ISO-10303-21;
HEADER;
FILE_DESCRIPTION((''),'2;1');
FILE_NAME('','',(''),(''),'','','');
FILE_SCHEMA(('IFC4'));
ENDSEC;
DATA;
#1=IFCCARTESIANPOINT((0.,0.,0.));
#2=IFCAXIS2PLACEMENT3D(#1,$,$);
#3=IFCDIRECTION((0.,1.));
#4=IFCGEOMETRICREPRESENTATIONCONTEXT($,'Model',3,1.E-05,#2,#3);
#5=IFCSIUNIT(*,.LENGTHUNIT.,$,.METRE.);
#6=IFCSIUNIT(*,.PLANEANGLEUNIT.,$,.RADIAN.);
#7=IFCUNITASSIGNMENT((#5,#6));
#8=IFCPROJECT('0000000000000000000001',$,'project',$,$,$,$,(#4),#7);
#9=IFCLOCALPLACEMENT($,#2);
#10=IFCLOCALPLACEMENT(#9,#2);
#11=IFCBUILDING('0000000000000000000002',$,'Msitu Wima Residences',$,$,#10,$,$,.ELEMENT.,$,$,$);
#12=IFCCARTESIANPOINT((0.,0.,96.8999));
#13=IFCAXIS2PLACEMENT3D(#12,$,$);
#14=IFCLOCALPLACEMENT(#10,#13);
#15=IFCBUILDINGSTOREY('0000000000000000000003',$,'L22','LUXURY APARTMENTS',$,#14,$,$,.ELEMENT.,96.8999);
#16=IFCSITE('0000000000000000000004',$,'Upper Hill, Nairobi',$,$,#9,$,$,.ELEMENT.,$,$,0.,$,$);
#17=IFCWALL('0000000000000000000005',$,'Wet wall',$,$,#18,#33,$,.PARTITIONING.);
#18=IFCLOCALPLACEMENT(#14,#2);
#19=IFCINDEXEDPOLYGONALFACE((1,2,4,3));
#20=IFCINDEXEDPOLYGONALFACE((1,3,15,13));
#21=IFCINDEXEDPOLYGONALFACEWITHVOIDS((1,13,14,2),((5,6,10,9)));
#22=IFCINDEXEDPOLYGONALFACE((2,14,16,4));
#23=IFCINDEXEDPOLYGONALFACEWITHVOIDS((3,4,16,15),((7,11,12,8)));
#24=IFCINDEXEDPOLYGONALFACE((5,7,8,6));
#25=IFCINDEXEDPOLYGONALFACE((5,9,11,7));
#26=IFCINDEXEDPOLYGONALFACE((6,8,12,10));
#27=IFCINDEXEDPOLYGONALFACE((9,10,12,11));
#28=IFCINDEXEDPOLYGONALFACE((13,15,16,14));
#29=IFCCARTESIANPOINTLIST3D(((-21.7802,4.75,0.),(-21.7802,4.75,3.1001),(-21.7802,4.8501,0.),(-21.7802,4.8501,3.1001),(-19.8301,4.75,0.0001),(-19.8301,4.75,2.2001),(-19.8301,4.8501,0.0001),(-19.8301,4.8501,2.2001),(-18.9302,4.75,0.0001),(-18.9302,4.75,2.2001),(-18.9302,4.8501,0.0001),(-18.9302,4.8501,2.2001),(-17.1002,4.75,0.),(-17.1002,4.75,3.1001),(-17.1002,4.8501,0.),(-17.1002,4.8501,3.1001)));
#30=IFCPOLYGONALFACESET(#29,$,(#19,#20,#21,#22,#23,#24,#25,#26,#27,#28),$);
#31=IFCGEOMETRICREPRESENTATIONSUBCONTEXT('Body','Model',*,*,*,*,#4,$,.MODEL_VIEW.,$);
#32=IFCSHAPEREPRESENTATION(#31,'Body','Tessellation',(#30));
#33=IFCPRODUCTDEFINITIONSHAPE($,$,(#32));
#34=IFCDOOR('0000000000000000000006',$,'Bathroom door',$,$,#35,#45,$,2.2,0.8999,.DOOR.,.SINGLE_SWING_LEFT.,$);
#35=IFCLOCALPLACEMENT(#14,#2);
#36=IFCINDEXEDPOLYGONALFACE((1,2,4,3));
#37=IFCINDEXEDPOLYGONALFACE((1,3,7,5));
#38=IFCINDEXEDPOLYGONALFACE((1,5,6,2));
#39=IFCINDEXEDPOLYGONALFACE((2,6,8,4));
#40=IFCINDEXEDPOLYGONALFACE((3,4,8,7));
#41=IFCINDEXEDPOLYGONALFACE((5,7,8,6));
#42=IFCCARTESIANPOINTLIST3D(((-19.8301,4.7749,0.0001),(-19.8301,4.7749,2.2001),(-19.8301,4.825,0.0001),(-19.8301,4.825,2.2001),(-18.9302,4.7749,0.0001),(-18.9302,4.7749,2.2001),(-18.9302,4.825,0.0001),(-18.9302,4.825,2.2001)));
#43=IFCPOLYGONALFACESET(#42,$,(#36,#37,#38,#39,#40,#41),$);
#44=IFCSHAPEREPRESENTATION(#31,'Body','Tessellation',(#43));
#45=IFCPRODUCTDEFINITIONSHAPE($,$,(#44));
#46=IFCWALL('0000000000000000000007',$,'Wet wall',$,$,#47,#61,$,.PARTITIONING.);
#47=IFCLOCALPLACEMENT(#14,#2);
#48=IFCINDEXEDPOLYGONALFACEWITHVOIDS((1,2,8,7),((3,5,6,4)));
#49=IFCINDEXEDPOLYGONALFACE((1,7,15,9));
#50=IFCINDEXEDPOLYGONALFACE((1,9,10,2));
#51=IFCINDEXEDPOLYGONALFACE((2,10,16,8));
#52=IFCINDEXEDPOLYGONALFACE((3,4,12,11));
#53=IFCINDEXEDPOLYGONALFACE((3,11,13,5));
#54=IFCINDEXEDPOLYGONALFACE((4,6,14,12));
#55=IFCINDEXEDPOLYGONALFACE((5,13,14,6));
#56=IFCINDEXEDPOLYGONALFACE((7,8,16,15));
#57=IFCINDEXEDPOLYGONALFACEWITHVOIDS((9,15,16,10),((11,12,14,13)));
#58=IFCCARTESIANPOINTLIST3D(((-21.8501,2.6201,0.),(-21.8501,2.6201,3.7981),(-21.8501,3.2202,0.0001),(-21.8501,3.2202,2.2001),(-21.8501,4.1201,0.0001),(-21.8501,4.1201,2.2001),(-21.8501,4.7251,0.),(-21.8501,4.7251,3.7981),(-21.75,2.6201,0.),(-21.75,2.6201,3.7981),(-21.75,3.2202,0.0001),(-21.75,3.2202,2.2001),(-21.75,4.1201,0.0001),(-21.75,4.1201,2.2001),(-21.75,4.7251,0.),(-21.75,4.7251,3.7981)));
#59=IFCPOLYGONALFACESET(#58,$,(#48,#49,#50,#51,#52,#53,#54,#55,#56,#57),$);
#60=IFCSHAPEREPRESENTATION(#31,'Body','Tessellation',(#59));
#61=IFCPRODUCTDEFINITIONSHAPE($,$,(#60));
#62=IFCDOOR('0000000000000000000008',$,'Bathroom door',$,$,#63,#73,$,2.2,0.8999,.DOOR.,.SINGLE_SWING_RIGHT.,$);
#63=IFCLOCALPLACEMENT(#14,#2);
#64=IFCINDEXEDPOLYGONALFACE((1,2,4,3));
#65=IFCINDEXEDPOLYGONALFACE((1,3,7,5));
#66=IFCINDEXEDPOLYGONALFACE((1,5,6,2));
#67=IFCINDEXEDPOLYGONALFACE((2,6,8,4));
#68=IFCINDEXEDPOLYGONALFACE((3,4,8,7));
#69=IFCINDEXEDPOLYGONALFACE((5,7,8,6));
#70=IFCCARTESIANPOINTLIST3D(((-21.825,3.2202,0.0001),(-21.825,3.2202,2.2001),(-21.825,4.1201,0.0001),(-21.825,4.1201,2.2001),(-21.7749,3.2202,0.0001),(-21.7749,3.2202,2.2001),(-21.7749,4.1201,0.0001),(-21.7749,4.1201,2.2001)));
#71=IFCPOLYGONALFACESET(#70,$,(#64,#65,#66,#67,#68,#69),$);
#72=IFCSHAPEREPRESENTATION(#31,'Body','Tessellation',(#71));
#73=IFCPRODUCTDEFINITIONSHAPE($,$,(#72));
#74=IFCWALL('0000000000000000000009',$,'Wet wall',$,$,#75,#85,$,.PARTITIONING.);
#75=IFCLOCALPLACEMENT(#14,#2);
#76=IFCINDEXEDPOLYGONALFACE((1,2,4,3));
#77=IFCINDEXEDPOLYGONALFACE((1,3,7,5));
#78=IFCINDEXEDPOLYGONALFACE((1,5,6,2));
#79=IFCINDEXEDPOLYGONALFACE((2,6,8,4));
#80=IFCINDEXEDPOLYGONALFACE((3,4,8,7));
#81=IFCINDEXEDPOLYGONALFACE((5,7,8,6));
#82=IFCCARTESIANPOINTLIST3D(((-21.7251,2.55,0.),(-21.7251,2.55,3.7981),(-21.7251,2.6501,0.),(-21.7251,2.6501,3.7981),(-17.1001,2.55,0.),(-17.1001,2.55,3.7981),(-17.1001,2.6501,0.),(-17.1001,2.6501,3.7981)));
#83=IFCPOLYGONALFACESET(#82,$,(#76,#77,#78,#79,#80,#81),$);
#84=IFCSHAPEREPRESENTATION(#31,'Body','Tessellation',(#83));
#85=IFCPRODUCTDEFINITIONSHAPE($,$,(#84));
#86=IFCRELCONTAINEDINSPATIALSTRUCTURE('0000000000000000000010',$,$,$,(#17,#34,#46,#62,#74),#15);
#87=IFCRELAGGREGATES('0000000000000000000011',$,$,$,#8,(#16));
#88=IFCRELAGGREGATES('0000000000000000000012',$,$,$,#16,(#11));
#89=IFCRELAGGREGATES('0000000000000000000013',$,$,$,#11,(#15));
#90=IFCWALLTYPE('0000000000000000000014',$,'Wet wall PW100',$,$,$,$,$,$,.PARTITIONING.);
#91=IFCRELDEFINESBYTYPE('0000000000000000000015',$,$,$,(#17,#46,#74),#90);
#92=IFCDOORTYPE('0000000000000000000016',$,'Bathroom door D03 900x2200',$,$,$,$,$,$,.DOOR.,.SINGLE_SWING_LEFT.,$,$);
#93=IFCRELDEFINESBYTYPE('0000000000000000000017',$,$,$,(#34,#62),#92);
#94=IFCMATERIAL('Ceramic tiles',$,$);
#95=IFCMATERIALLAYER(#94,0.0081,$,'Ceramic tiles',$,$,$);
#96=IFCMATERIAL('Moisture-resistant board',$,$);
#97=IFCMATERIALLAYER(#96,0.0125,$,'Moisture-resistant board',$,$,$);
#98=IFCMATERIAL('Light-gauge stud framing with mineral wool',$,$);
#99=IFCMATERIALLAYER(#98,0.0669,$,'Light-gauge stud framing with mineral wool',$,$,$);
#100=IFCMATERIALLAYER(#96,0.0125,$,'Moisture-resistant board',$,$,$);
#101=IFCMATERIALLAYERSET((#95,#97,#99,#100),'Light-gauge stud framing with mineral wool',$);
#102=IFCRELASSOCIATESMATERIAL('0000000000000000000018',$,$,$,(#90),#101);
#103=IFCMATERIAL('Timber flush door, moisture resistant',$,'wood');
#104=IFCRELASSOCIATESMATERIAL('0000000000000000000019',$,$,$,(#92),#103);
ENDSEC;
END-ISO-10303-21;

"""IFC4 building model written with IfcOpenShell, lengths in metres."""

from ifc_helpers import new_model, si_unit, direction, frame, frame_2d, origin, place, context, subcontext, project, spatial, rectangle, extrude, material, layer, layer_set, type_object, element, fill, save


model = new_model("IFC4")

# Units and contexts
model_context = context("Model", 3, precision=1e-05, world=origin(), true_north=direction((0.0, 1.0)))
body_context = subcontext(model_context, "Body", "Model", "MODEL_VIEW")
ifc_project = project(units=[si_unit("LENGTHUNIT", "METRE"), si_unit("PLANEANGLEUNIT", "RADIAN")], contexts=[model_context])

# Site, building, storey
site_placement = place(None, origin())
site = spatial("IfcSite", under=ifc_project, at=site_placement, Name="Upper Hill, Nairobi", CompositionType="ELEMENT", RefElevation=0.0)
building_placement = place(site_placement, origin())
building = spatial("IfcBuilding", under=site, at=building_placement, Name="Msitu Wima Residences", CompositionType="ELEMENT")
storey_placement = place(building_placement, frame((0.0, 0.0, 96.8999)))
storey = spatial("IfcBuildingStorey", under=building, at=storey_placement, Name="L22", Description="LUXURY APARTMENTS", CompositionType="ELEMENT", Elevation=96.8999)

# Walls, openings, doors
ifc_material_1 = material(Name="Ceramic tiles")
ifc_layer_1 = layer(ifc_material_1, 0.0081, Name="Ceramic tiles")
ifc_material_2 = material(Name="Moisture-resistant board")
ifc_layer_2 = layer(ifc_material_2, 0.0125, Name="Moisture-resistant board")
ifc_material_3 = material(Name="Light-gauge stud framing with mineral wool")
ifc_layer_3 = layer(ifc_material_3, 0.0669, Name="Light-gauge stud framing with mineral wool")
ifc_layer_4 = layer(ifc_material_2, 0.0125, Name="Moisture-resistant board")
ifc_layer_set_1 = layer_set([ifc_layer_1, ifc_layer_2, ifc_layer_3, ifc_layer_4], Name="Light-gauge stud framing with mineral wool")
wall_type_1 = type_object("IfcWallType", Name="Wet wall PW100", PredefinedType="PARTITIONING", material=ifc_layer_set_1)
wall_1_placement = place(storey_placement, frame((-21.78, 4.8, 0.0), z_axis=(0.0, 0.0, 1.0), x_axis=(1.0, 0.0, 0.0)))
wall_1 = element("IfcWall", 1, at=wall_1_placement, inside=storey, type_object=wall_type_1, Name="Wet wall", PredefinedType="PARTITIONING", context=body_context, shape_type="SweptSolid", body=[
    extrude(rectangle(XDim=4.6799, YDim=0.1001, at=frame_2d((2.3398, 0.0))), origin(), (0.0, 0.0, 1.0), 3.1001),
])
opening_1_placement = place(wall_1_placement, frame((1.95, 0.0, 0.0)))
opening_1 = element("IfcOpeningElement", 2, at=opening_1_placement, cuts=wall_1, PredefinedType="OPENING", context=body_context, shape_type="SweptSolid", body=[
    extrude(rectangle(XDim=0.8999, YDim=2.2, at=frame_2d((0.45, 1.1001))), frame((0.0, 0.0601, 0.0), z_axis=(0.0, -1.0, 0.0), x_axis=(1.0, 0.0, 0.0)), (0.0, 0.0, 1.0), 0.1201),
])
ifc_material_4 = material(Name="Timber flush door, moisture resistant", Category="wood")
door_type_1 = type_object("IfcDoorType", Name="Bathroom door D03 900x2200", OperationType="SINGLE_SWING_LEFT", PredefinedType="DOOR", material=ifc_material_4)
door_1_placement = place(opening_1_placement, origin())
door_1 = element("IfcDoor", 3, at=door_1_placement, inside=storey, type_object=door_type_1, Name="Bathroom door", OperationType="SINGLE_SWING_LEFT", OverallHeight=2.2, OverallWidth=0.8999, PredefinedType="DOOR", context=body_context, shape_type="SweptSolid", body=[
    extrude(rectangle(XDim=0.8999, YDim=2.2, at=frame_2d((0.45, 1.1001))), frame((0.0, 0.0249, 0.0), z_axis=(0.0, -1.0, 0.0), x_axis=(1.0, 0.0, 0.0)), (0.0, 0.0, 1.0), 0.05),
])
fill(opening_1, door_1)
wall_2_placement = place(storey_placement, frame((-21.8, 2.6201, 0.0), z_axis=(0.0, 0.0, 1.0), x_axis=(0.0, 1.0, 0.0)))
wall_2 = element("IfcWall", 4, at=wall_2_placement, inside=storey, type_object=wall_type_1, Name="Wet wall", PredefinedType="PARTITIONING", context=body_context, shape_type="SweptSolid", body=[
    extrude(rectangle(XDim=2.105, YDim=0.1001, at=frame_2d((1.0525, 0.0))), origin(), (0.0, 0.0, 1.0), 3.7981),
])
opening_2_placement = place(wall_2_placement, frame((0.6001, 0.0, 0.0)))
opening_2 = element("IfcOpeningElement", 5, at=opening_2_placement, cuts=wall_2, PredefinedType="OPENING", context=body_context, shape_type="SweptSolid", body=[
    extrude(rectangle(XDim=0.8999, YDim=2.2, at=frame_2d((0.45, 1.1001))), frame((0.0, 0.0601, 0.0), z_axis=(0.0, -1.0, 0.0), x_axis=(1.0, 0.0, 0.0)), (0.0, 0.0, 1.0), 0.1201),
])
door_2_placement = place(opening_2_placement, origin())
door_2 = element("IfcDoor", 6, at=door_2_placement, inside=storey, type_object=door_type_1, Name="Bathroom door", OperationType="SINGLE_SWING_RIGHT", OverallHeight=2.2, OverallWidth=0.8999, PredefinedType="DOOR", context=body_context, shape_type="SweptSolid", body=[
    extrude(rectangle(XDim=0.8999, YDim=2.2, at=frame_2d((0.45, 1.1001))), frame((0.0, 0.0249, 0.0), z_axis=(0.0, -1.0, 0.0), x_axis=(1.0, 0.0, 0.0)), (0.0, 0.0, 1.0), 0.05),
])
fill(opening_2, door_2)

# Wall
wall_3_placement = place(storey_placement, frame((-21.7251, 2.6001, 0.0), z_axis=(0.0, 0.0, 1.0), x_axis=(1.0, 0.0, 0.0)))
element("IfcWall", 7, at=wall_3_placement, inside=storey, type_object=wall_type_1, Name="Wet wall", PredefinedType="PARTITIONING", context=body_context, shape_type="SweptSolid", body=[
    extrude(rectangle(XDim=4.625, YDim=0.1001, at=frame_2d((2.3125, 0.0))), origin(), (0.0, 0.0, 1.0), 3.7981),
])

save(model, "model.ifc")
